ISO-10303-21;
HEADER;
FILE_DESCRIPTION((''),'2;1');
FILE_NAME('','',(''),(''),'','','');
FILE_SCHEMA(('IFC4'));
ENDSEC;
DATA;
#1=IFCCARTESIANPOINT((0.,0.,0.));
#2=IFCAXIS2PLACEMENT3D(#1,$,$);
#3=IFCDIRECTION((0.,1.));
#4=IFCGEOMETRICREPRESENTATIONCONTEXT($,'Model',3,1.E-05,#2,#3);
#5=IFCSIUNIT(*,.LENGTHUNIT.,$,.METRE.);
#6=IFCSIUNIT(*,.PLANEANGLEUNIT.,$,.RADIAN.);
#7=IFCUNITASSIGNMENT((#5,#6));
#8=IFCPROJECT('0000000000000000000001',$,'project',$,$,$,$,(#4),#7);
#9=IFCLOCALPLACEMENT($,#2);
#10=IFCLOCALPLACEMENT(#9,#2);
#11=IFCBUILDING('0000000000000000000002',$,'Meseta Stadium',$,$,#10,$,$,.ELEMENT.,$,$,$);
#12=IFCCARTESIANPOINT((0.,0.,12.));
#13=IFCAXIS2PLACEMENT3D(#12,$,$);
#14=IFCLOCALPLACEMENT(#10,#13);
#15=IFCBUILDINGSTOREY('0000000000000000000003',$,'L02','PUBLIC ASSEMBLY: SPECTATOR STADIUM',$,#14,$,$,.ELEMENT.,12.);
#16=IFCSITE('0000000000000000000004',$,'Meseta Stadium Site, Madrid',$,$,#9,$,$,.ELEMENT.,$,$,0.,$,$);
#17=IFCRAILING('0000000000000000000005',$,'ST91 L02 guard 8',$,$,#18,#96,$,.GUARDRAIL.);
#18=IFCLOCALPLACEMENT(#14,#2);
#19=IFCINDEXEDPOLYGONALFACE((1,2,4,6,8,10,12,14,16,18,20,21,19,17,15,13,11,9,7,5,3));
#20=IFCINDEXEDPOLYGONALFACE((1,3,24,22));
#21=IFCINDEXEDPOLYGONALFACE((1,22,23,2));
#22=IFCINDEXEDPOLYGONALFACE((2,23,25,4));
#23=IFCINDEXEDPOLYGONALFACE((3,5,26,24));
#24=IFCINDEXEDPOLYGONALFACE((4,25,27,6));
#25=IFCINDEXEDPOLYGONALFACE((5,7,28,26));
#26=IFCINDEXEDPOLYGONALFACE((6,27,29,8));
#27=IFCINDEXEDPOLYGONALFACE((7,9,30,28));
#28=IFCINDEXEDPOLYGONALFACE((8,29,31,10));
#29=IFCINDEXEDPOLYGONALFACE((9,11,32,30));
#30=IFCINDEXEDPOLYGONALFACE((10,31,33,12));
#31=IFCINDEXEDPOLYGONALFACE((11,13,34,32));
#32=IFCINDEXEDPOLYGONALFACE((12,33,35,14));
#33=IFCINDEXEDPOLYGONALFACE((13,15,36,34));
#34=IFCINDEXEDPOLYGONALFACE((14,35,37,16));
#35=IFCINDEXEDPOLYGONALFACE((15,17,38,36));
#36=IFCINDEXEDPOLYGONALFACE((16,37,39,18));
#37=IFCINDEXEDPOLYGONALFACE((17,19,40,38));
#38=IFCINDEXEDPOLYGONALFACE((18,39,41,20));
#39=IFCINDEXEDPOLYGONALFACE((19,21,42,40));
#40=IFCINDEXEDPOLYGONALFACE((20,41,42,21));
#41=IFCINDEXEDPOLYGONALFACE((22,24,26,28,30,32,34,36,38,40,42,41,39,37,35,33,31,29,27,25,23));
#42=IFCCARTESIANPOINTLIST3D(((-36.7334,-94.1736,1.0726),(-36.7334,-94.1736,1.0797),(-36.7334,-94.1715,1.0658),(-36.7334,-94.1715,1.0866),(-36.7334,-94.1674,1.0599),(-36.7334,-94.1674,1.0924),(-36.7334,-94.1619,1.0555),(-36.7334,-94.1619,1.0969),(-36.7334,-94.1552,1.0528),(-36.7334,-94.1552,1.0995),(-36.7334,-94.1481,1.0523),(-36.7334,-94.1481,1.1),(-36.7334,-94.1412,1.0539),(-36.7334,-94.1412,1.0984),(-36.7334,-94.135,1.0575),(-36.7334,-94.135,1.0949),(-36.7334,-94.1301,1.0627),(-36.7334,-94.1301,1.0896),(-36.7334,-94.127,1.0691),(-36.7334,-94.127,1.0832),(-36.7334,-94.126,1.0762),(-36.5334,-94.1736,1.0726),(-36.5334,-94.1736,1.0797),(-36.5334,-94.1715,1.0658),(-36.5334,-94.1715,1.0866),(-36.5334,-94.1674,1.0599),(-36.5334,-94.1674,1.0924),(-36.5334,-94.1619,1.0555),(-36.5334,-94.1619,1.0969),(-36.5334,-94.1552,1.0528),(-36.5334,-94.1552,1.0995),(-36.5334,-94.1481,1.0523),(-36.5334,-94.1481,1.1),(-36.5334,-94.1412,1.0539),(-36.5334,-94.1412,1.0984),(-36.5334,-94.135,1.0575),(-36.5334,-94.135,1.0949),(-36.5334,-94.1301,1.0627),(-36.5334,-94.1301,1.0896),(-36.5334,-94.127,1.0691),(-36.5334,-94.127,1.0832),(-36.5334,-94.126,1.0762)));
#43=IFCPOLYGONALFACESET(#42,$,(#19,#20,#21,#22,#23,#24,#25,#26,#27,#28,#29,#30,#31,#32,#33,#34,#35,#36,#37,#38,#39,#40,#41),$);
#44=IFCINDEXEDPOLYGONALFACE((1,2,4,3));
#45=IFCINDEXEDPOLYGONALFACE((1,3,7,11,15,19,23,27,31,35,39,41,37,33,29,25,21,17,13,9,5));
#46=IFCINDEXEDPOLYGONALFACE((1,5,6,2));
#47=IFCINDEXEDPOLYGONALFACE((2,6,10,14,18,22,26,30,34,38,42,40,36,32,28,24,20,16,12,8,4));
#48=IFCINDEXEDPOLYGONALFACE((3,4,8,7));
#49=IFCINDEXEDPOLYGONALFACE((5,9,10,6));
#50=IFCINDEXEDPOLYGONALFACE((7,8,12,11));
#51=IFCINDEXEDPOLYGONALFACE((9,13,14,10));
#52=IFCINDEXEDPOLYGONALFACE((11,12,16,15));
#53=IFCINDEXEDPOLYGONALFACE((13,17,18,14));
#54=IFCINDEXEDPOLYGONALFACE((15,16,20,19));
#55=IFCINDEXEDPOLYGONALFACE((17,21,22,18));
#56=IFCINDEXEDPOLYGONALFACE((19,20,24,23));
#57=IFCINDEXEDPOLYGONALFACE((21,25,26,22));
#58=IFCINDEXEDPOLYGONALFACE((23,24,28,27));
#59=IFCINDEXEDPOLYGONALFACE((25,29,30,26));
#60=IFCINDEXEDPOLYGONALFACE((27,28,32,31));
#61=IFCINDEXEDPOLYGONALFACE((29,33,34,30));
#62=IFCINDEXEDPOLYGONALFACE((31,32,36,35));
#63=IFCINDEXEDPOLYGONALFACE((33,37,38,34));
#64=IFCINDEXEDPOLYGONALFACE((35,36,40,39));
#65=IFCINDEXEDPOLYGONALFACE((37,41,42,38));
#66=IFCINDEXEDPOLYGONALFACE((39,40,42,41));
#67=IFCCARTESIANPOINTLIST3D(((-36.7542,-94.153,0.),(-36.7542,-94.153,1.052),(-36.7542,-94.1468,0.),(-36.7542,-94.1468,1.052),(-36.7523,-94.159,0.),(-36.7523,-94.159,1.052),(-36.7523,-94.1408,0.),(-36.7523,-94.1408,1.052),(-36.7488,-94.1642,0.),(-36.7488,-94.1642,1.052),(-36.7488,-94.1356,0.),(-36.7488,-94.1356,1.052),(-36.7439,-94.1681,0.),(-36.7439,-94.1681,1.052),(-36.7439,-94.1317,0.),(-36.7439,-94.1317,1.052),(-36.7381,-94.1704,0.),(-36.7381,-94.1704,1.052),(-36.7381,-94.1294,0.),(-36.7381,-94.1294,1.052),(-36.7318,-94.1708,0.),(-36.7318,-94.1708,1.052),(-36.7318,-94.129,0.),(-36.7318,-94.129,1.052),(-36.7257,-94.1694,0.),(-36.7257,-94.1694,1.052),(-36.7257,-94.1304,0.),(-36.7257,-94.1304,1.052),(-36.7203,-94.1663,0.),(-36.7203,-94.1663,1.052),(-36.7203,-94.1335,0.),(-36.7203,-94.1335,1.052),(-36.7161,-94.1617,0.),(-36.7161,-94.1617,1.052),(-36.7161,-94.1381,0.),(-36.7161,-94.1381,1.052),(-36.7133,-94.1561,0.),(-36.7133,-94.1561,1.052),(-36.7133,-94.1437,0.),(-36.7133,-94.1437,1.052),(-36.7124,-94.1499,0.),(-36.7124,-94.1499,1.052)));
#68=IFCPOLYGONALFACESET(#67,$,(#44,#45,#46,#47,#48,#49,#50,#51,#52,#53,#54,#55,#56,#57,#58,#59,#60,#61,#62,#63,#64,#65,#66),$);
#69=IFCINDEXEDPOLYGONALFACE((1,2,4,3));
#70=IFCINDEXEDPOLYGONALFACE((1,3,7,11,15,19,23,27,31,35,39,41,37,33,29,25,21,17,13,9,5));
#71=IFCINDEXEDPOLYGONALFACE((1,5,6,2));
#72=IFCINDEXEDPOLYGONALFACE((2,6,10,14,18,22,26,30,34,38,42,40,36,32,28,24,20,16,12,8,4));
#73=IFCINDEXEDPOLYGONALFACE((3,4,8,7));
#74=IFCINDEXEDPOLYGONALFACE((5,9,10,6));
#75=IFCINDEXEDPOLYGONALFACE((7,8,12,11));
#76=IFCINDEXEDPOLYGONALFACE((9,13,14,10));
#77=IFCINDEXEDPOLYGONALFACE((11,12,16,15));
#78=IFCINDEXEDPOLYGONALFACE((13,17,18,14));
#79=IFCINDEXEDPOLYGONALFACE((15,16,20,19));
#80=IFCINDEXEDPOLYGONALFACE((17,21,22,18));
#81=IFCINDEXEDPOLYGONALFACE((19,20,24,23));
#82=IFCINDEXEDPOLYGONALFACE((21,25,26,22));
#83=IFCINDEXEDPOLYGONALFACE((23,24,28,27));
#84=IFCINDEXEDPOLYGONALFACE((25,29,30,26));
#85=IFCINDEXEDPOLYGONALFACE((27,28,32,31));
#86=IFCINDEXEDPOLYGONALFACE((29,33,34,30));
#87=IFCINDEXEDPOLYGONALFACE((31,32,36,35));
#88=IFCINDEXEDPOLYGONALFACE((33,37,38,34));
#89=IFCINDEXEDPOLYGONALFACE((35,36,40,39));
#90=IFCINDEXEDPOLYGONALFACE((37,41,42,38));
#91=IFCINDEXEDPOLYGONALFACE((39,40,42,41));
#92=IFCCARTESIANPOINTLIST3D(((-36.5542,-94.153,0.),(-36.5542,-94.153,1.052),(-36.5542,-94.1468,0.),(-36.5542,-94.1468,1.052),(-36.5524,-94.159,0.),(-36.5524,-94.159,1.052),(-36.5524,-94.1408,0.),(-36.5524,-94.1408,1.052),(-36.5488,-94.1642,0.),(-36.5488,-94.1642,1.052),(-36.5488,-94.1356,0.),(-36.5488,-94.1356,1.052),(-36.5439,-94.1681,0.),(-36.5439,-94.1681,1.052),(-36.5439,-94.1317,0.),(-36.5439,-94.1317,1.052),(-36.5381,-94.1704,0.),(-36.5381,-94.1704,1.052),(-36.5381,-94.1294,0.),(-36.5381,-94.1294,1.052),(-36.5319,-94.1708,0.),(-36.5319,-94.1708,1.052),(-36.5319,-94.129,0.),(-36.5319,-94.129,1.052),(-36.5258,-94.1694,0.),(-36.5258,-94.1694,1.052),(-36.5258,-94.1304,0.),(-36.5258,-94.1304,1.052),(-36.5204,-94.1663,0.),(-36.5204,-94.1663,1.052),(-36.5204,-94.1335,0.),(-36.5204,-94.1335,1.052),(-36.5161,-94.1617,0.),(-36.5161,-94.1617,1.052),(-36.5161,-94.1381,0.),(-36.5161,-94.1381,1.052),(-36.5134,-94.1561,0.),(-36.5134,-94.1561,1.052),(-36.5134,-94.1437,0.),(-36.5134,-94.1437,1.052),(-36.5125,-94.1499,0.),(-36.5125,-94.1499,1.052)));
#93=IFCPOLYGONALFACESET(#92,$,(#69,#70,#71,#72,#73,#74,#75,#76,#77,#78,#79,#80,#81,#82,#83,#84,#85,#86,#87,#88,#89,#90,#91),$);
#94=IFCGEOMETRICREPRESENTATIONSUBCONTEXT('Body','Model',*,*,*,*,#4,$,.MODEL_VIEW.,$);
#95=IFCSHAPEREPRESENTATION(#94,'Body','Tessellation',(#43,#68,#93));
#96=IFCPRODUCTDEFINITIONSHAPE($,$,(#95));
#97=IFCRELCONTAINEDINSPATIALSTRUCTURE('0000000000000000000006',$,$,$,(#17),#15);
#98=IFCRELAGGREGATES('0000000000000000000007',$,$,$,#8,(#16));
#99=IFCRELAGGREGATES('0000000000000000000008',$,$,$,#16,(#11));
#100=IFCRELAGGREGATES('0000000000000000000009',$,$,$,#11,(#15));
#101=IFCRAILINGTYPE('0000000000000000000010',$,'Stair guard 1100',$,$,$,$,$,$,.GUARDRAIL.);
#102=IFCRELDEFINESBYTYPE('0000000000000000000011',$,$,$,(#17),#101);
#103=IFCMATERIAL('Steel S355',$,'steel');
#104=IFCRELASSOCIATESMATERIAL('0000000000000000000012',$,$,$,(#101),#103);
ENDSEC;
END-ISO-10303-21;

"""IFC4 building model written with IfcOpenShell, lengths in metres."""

from ifc_helpers import new_model, si_unit, direction, frame, origin, origin_2d, place, context, subcontext, project, spatial, circle, extrude, material, type_object, element, save


model = new_model("IFC4")

# Units and contexts
model_context = context("Model", 3, precision=1e-05, world=origin(), true_north=direction((0.0, 1.0)))
body_context = subcontext(model_context, "Body", "Model", "MODEL_VIEW")
ifc_project = project(units=[si_unit("LENGTHUNIT", "METRE"), si_unit("PLANEANGLEUNIT", "RADIAN")], contexts=[model_context])

# Site, building, storey
site_placement = place(None, origin())
site = spatial("IfcSite", under=ifc_project, at=site_placement, Name="Meseta Stadium Site, Madrid", CompositionType="ELEMENT", RefElevation=0.0)
building_placement = place(site_placement, origin())
building = spatial("IfcBuilding", under=site, at=building_placement, Name="Meseta Stadium", CompositionType="ELEMENT")
storey_placement = place(building_placement, frame((0.0, 0.0, 12.0)))
storey = spatial("IfcBuildingStorey", under=building, at=storey_placement, Name="L02", Description="PUBLIC ASSEMBLY: SPECTATOR STADIUM", CompositionType="ELEMENT", Elevation=12.0)

# Railing
ifc_material_1 = material(Name="Steel S355", Category="steel")
railing_type_1 = type_object("IfcRailingType", Name="Stair guard 1100", PredefinedType="GUARDRAIL", material=ifc_material_1)
for number, where, name in (
    (1, (-36.7334, -94.1499, 0.0), "ST91 L02 guard 8"),
):
    element("IfcRailing", number, at=place(storey_placement, frame(where)), inside=storey, type_object=railing_type_1, Name=name, PredefinedType="GUARDRAIL", context=body_context, shape_type="SweptSolid", body=[
        extrude(circle(Radius=0.0239, at=origin_2d()), frame((0.0, 0.0, 1.0762), z_axis=(1.0, 0.0, 0.0), x_axis=(0.0, 1.0, 0.0)), (0.0, 0.0, 1.0), 0.2),
        extrude(circle(Radius=0.021, at=origin_2d()), origin(), (0.0, 0.0, 1.0), 1.052),
        extrude(circle(Radius=0.021, at=origin_2d()), frame((0.2, 0.0, 0.0)), (0.0, 0.0, 1.0), 1.052),
    ])

save(model, "model.ifc")
